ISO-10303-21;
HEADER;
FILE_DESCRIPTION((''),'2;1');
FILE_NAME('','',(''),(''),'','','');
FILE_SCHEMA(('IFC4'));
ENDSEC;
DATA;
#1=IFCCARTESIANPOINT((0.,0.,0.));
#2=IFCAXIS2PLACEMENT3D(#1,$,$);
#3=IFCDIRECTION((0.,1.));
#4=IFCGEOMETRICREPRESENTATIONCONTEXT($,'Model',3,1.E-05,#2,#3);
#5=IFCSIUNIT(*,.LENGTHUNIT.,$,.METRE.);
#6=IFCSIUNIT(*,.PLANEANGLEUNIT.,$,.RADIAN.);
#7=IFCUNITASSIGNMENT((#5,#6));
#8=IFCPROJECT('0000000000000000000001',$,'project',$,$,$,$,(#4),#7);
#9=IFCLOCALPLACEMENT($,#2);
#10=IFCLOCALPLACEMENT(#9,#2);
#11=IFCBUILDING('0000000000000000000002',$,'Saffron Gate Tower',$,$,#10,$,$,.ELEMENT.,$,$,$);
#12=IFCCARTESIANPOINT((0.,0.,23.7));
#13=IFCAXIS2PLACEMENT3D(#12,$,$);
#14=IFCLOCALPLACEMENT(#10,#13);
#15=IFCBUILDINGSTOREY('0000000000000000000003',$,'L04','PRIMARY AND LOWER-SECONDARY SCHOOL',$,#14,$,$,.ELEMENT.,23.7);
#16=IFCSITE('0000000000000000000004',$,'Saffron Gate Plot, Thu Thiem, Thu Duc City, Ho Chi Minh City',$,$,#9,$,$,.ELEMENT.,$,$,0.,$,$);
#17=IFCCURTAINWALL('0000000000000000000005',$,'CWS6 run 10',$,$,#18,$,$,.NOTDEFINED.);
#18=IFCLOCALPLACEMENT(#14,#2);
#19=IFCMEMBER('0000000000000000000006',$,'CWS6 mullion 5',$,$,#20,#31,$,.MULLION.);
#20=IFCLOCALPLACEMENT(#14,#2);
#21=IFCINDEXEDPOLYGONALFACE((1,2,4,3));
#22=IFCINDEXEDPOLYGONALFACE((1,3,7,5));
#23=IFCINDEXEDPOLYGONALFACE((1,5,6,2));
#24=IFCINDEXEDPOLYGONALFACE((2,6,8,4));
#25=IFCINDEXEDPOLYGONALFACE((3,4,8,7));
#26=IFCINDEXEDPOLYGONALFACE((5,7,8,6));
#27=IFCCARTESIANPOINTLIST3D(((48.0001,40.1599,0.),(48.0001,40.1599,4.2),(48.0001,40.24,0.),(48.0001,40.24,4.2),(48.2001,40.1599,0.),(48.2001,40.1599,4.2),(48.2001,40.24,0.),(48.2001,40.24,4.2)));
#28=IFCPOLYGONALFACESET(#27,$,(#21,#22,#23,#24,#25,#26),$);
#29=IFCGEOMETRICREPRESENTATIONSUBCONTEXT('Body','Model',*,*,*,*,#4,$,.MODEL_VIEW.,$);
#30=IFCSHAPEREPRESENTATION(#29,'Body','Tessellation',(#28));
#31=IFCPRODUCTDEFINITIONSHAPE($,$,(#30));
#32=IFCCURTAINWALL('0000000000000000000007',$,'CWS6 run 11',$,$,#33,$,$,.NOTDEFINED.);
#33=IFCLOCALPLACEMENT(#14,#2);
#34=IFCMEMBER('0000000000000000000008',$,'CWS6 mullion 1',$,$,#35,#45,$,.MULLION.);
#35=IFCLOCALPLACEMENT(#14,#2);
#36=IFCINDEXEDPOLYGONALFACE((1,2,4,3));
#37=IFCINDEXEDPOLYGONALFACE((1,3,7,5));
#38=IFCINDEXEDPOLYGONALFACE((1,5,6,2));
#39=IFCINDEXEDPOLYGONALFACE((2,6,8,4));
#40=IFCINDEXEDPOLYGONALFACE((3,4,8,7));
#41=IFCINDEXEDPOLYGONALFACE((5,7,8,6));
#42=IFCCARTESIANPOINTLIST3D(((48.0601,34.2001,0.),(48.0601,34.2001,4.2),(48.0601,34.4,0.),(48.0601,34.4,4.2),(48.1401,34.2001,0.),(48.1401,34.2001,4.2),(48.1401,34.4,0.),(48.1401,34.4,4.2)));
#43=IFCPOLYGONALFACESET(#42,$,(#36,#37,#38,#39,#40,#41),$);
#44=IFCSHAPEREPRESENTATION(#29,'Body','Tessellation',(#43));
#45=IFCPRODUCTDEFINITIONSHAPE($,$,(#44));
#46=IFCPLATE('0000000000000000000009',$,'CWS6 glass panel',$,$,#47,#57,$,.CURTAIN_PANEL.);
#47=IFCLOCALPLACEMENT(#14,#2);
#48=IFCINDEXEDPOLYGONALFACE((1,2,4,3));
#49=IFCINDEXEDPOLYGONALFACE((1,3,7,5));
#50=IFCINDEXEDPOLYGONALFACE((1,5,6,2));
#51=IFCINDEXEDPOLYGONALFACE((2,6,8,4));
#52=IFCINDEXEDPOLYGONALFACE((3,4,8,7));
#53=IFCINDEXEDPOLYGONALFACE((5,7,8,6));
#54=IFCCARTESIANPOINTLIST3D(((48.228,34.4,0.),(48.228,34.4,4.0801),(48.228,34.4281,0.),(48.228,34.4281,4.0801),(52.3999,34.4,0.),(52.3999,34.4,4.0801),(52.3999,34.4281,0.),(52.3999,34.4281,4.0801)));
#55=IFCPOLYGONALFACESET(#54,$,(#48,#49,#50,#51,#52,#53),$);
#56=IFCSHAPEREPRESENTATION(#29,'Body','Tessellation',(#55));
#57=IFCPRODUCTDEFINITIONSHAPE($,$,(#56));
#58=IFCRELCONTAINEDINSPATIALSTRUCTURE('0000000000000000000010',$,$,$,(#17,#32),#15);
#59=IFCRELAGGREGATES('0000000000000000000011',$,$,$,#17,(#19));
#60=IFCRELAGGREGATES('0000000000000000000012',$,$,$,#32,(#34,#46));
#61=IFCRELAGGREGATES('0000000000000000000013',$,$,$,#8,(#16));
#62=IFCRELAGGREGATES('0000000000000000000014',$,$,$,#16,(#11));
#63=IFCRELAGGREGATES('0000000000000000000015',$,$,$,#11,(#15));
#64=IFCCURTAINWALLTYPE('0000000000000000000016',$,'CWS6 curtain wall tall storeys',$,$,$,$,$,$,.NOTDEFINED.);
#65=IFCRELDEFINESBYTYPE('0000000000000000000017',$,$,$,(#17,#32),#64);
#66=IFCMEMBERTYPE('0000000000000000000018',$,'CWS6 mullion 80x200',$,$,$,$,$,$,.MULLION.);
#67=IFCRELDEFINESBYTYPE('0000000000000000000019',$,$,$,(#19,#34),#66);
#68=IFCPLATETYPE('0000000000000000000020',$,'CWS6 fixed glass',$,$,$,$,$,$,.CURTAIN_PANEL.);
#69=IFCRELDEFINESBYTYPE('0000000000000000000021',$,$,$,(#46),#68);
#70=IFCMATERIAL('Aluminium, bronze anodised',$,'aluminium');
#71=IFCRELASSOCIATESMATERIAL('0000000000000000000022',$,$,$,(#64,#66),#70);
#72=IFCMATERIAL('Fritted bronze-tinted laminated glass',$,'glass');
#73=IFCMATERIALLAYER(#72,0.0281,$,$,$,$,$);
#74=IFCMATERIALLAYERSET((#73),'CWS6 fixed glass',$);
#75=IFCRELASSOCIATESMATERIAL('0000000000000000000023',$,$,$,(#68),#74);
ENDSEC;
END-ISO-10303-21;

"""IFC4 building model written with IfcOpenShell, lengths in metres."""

from ifc_helpers import new_model, si_unit, direction, frame, frame_2d, origin, origin_2d, place, context, subcontext, project, spatial, rectangle, extrude, material, layer, layer_set, material_profile, profile_set, type_object, element, aggregate, save


model = new_model("IFC4")

# Units and contexts
model_context = context("Model", 3, precision=1e-05, world=origin(), true_north=direction((0.0, 1.0)))
body_context = subcontext(model_context, "Body", "Model", "MODEL_VIEW")
ifc_project = project(units=[si_unit("LENGTHUNIT", "METRE"), si_unit("PLANEANGLEUNIT", "RADIAN")], contexts=[model_context])

# Site, building, storey
site_placement = place(None, origin())
site = spatial("IfcSite", under=ifc_project, at=site_placement, Name="Saffron Gate Plot, Thu Thiem, Thu Duc City, Ho Chi Minh City", CompositionType="ELEMENT", RefElevation=0.0)
building_placement = place(site_placement, origin())
building = spatial("IfcBuilding", under=site, at=building_placement, Name="Saffron Gate Tower", CompositionType="ELEMENT")
storey_placement = place(building_placement, frame((0.0, 0.0, 23.7)))
storey = spatial("IfcBuildingStorey", under=building, at=storey_placement, Name="L04", Description="PRIMARY AND LOWER-SECONDARY SCHOOL", CompositionType="ELEMENT", Elevation=23.7)

# Curtain wall, member
ifc_material_1 = material(Name="Aluminium, bronze anodised", Category="aluminium")
curtain_wall_type = type_object("IfcCurtainWallType", Name="CWS6 curtain wall tall storeys", PredefinedType="NOTDEFINED", material=ifc_material_1)
curtain_wall_1_placement = place(storey_placement, origin())
curtain_wall_1 = element("IfcCurtainWall", 1, at=curtain_wall_1_placement, inside=storey, type_object=curtain_wall_type, Name="CWS6 run 10", PredefinedType="NOTDEFINED")
ifc_material_profile = material_profile(ifc_material_1, rectangle(XDim=0.2, YDim=0.0801, at=origin_2d()))
ifc_profile_set = profile_set([ifc_material_profile], Name="Aluminium, bronze anodised")
member_type = type_object("IfcMemberType", Name="CWS6 mullion 80x200", PredefinedType="MULLION", material=ifc_profile_set)
member_1_placement = place(storey_placement, frame((48.1001, 40.2, 0.0), z_axis=(0.0, 0.0, 1.0), x_axis=(1.0, 0.0, 0.0)))
member_1 = element("IfcMember", 2, at=member_1_placement, type_object=member_type, Name="CWS6 mullion 5", PredefinedType="MULLION", context=body_context, shape_type="SweptSolid", body=[
    extrude(rectangle(XDim=0.2, YDim=0.0801, at=origin_2d()), origin(), (0.0, 0.0, 1.0), 4.2),
])
aggregate(curtain_wall_1, [member_1])

# Curtain wall, member, plate
curtain_wall_2_placement = place(storey_placement, origin())
curtain_wall_2 = element("IfcCurtainWall", 3, at=curtain_wall_2_placement, inside=storey, type_object=curtain_wall_type, Name="CWS6 run 11", PredefinedType="NOTDEFINED")
member_2_placement = place(storey_placement, frame((48.1001, 34.3, 0.0), z_axis=(0.0, 0.0, 1.0), x_axis=(0.0, 1.0, 0.0)))
member_2 = element("IfcMember", 4, at=member_2_placement, type_object=member_type, Name="CWS6 mullion 1", PredefinedType="MULLION", context=body_context, shape_type="SweptSolid", body=[
    extrude(rectangle(XDim=0.2, YDim=0.0801, at=origin_2d()), origin(), (0.0, 0.0, 1.0), 4.2),
])
ifc_material_2 = material(Name="Fritted bronze-tinted laminated glass", Category="glass")
ifc_layer_1 = layer(ifc_material_2, 0.0281)
ifc_layer_set_1 = layer_set([ifc_layer_1], Name="CWS6 fixed glass")
plate_type = type_object("IfcPlateType", Name="CWS6 fixed glass", PredefinedType="CURTAIN_PANEL", material=ifc_layer_set_1)
plate_placement = place(storey_placement, frame((48.228, 34.4141, 0.0), z_axis=(0.0, 0.0, 1.0), x_axis=(1.0, 0.0, 0.0)))
plate = element("IfcPlate", 5, at=plate_placement, type_object=plate_type, Name="CWS6 glass panel", PredefinedType="CURTAIN_PANEL", context=body_context, shape_type="SweptSolid", body=[
    extrude(rectangle(XDim=4.1719, YDim=0.0281, at=frame_2d((2.0859, 0.0))), origin(), (0.0, 0.0, 1.0), 4.0801),
])
aggregate(curtain_wall_2, [member_2, plate])

save(model, "model.ifc")
